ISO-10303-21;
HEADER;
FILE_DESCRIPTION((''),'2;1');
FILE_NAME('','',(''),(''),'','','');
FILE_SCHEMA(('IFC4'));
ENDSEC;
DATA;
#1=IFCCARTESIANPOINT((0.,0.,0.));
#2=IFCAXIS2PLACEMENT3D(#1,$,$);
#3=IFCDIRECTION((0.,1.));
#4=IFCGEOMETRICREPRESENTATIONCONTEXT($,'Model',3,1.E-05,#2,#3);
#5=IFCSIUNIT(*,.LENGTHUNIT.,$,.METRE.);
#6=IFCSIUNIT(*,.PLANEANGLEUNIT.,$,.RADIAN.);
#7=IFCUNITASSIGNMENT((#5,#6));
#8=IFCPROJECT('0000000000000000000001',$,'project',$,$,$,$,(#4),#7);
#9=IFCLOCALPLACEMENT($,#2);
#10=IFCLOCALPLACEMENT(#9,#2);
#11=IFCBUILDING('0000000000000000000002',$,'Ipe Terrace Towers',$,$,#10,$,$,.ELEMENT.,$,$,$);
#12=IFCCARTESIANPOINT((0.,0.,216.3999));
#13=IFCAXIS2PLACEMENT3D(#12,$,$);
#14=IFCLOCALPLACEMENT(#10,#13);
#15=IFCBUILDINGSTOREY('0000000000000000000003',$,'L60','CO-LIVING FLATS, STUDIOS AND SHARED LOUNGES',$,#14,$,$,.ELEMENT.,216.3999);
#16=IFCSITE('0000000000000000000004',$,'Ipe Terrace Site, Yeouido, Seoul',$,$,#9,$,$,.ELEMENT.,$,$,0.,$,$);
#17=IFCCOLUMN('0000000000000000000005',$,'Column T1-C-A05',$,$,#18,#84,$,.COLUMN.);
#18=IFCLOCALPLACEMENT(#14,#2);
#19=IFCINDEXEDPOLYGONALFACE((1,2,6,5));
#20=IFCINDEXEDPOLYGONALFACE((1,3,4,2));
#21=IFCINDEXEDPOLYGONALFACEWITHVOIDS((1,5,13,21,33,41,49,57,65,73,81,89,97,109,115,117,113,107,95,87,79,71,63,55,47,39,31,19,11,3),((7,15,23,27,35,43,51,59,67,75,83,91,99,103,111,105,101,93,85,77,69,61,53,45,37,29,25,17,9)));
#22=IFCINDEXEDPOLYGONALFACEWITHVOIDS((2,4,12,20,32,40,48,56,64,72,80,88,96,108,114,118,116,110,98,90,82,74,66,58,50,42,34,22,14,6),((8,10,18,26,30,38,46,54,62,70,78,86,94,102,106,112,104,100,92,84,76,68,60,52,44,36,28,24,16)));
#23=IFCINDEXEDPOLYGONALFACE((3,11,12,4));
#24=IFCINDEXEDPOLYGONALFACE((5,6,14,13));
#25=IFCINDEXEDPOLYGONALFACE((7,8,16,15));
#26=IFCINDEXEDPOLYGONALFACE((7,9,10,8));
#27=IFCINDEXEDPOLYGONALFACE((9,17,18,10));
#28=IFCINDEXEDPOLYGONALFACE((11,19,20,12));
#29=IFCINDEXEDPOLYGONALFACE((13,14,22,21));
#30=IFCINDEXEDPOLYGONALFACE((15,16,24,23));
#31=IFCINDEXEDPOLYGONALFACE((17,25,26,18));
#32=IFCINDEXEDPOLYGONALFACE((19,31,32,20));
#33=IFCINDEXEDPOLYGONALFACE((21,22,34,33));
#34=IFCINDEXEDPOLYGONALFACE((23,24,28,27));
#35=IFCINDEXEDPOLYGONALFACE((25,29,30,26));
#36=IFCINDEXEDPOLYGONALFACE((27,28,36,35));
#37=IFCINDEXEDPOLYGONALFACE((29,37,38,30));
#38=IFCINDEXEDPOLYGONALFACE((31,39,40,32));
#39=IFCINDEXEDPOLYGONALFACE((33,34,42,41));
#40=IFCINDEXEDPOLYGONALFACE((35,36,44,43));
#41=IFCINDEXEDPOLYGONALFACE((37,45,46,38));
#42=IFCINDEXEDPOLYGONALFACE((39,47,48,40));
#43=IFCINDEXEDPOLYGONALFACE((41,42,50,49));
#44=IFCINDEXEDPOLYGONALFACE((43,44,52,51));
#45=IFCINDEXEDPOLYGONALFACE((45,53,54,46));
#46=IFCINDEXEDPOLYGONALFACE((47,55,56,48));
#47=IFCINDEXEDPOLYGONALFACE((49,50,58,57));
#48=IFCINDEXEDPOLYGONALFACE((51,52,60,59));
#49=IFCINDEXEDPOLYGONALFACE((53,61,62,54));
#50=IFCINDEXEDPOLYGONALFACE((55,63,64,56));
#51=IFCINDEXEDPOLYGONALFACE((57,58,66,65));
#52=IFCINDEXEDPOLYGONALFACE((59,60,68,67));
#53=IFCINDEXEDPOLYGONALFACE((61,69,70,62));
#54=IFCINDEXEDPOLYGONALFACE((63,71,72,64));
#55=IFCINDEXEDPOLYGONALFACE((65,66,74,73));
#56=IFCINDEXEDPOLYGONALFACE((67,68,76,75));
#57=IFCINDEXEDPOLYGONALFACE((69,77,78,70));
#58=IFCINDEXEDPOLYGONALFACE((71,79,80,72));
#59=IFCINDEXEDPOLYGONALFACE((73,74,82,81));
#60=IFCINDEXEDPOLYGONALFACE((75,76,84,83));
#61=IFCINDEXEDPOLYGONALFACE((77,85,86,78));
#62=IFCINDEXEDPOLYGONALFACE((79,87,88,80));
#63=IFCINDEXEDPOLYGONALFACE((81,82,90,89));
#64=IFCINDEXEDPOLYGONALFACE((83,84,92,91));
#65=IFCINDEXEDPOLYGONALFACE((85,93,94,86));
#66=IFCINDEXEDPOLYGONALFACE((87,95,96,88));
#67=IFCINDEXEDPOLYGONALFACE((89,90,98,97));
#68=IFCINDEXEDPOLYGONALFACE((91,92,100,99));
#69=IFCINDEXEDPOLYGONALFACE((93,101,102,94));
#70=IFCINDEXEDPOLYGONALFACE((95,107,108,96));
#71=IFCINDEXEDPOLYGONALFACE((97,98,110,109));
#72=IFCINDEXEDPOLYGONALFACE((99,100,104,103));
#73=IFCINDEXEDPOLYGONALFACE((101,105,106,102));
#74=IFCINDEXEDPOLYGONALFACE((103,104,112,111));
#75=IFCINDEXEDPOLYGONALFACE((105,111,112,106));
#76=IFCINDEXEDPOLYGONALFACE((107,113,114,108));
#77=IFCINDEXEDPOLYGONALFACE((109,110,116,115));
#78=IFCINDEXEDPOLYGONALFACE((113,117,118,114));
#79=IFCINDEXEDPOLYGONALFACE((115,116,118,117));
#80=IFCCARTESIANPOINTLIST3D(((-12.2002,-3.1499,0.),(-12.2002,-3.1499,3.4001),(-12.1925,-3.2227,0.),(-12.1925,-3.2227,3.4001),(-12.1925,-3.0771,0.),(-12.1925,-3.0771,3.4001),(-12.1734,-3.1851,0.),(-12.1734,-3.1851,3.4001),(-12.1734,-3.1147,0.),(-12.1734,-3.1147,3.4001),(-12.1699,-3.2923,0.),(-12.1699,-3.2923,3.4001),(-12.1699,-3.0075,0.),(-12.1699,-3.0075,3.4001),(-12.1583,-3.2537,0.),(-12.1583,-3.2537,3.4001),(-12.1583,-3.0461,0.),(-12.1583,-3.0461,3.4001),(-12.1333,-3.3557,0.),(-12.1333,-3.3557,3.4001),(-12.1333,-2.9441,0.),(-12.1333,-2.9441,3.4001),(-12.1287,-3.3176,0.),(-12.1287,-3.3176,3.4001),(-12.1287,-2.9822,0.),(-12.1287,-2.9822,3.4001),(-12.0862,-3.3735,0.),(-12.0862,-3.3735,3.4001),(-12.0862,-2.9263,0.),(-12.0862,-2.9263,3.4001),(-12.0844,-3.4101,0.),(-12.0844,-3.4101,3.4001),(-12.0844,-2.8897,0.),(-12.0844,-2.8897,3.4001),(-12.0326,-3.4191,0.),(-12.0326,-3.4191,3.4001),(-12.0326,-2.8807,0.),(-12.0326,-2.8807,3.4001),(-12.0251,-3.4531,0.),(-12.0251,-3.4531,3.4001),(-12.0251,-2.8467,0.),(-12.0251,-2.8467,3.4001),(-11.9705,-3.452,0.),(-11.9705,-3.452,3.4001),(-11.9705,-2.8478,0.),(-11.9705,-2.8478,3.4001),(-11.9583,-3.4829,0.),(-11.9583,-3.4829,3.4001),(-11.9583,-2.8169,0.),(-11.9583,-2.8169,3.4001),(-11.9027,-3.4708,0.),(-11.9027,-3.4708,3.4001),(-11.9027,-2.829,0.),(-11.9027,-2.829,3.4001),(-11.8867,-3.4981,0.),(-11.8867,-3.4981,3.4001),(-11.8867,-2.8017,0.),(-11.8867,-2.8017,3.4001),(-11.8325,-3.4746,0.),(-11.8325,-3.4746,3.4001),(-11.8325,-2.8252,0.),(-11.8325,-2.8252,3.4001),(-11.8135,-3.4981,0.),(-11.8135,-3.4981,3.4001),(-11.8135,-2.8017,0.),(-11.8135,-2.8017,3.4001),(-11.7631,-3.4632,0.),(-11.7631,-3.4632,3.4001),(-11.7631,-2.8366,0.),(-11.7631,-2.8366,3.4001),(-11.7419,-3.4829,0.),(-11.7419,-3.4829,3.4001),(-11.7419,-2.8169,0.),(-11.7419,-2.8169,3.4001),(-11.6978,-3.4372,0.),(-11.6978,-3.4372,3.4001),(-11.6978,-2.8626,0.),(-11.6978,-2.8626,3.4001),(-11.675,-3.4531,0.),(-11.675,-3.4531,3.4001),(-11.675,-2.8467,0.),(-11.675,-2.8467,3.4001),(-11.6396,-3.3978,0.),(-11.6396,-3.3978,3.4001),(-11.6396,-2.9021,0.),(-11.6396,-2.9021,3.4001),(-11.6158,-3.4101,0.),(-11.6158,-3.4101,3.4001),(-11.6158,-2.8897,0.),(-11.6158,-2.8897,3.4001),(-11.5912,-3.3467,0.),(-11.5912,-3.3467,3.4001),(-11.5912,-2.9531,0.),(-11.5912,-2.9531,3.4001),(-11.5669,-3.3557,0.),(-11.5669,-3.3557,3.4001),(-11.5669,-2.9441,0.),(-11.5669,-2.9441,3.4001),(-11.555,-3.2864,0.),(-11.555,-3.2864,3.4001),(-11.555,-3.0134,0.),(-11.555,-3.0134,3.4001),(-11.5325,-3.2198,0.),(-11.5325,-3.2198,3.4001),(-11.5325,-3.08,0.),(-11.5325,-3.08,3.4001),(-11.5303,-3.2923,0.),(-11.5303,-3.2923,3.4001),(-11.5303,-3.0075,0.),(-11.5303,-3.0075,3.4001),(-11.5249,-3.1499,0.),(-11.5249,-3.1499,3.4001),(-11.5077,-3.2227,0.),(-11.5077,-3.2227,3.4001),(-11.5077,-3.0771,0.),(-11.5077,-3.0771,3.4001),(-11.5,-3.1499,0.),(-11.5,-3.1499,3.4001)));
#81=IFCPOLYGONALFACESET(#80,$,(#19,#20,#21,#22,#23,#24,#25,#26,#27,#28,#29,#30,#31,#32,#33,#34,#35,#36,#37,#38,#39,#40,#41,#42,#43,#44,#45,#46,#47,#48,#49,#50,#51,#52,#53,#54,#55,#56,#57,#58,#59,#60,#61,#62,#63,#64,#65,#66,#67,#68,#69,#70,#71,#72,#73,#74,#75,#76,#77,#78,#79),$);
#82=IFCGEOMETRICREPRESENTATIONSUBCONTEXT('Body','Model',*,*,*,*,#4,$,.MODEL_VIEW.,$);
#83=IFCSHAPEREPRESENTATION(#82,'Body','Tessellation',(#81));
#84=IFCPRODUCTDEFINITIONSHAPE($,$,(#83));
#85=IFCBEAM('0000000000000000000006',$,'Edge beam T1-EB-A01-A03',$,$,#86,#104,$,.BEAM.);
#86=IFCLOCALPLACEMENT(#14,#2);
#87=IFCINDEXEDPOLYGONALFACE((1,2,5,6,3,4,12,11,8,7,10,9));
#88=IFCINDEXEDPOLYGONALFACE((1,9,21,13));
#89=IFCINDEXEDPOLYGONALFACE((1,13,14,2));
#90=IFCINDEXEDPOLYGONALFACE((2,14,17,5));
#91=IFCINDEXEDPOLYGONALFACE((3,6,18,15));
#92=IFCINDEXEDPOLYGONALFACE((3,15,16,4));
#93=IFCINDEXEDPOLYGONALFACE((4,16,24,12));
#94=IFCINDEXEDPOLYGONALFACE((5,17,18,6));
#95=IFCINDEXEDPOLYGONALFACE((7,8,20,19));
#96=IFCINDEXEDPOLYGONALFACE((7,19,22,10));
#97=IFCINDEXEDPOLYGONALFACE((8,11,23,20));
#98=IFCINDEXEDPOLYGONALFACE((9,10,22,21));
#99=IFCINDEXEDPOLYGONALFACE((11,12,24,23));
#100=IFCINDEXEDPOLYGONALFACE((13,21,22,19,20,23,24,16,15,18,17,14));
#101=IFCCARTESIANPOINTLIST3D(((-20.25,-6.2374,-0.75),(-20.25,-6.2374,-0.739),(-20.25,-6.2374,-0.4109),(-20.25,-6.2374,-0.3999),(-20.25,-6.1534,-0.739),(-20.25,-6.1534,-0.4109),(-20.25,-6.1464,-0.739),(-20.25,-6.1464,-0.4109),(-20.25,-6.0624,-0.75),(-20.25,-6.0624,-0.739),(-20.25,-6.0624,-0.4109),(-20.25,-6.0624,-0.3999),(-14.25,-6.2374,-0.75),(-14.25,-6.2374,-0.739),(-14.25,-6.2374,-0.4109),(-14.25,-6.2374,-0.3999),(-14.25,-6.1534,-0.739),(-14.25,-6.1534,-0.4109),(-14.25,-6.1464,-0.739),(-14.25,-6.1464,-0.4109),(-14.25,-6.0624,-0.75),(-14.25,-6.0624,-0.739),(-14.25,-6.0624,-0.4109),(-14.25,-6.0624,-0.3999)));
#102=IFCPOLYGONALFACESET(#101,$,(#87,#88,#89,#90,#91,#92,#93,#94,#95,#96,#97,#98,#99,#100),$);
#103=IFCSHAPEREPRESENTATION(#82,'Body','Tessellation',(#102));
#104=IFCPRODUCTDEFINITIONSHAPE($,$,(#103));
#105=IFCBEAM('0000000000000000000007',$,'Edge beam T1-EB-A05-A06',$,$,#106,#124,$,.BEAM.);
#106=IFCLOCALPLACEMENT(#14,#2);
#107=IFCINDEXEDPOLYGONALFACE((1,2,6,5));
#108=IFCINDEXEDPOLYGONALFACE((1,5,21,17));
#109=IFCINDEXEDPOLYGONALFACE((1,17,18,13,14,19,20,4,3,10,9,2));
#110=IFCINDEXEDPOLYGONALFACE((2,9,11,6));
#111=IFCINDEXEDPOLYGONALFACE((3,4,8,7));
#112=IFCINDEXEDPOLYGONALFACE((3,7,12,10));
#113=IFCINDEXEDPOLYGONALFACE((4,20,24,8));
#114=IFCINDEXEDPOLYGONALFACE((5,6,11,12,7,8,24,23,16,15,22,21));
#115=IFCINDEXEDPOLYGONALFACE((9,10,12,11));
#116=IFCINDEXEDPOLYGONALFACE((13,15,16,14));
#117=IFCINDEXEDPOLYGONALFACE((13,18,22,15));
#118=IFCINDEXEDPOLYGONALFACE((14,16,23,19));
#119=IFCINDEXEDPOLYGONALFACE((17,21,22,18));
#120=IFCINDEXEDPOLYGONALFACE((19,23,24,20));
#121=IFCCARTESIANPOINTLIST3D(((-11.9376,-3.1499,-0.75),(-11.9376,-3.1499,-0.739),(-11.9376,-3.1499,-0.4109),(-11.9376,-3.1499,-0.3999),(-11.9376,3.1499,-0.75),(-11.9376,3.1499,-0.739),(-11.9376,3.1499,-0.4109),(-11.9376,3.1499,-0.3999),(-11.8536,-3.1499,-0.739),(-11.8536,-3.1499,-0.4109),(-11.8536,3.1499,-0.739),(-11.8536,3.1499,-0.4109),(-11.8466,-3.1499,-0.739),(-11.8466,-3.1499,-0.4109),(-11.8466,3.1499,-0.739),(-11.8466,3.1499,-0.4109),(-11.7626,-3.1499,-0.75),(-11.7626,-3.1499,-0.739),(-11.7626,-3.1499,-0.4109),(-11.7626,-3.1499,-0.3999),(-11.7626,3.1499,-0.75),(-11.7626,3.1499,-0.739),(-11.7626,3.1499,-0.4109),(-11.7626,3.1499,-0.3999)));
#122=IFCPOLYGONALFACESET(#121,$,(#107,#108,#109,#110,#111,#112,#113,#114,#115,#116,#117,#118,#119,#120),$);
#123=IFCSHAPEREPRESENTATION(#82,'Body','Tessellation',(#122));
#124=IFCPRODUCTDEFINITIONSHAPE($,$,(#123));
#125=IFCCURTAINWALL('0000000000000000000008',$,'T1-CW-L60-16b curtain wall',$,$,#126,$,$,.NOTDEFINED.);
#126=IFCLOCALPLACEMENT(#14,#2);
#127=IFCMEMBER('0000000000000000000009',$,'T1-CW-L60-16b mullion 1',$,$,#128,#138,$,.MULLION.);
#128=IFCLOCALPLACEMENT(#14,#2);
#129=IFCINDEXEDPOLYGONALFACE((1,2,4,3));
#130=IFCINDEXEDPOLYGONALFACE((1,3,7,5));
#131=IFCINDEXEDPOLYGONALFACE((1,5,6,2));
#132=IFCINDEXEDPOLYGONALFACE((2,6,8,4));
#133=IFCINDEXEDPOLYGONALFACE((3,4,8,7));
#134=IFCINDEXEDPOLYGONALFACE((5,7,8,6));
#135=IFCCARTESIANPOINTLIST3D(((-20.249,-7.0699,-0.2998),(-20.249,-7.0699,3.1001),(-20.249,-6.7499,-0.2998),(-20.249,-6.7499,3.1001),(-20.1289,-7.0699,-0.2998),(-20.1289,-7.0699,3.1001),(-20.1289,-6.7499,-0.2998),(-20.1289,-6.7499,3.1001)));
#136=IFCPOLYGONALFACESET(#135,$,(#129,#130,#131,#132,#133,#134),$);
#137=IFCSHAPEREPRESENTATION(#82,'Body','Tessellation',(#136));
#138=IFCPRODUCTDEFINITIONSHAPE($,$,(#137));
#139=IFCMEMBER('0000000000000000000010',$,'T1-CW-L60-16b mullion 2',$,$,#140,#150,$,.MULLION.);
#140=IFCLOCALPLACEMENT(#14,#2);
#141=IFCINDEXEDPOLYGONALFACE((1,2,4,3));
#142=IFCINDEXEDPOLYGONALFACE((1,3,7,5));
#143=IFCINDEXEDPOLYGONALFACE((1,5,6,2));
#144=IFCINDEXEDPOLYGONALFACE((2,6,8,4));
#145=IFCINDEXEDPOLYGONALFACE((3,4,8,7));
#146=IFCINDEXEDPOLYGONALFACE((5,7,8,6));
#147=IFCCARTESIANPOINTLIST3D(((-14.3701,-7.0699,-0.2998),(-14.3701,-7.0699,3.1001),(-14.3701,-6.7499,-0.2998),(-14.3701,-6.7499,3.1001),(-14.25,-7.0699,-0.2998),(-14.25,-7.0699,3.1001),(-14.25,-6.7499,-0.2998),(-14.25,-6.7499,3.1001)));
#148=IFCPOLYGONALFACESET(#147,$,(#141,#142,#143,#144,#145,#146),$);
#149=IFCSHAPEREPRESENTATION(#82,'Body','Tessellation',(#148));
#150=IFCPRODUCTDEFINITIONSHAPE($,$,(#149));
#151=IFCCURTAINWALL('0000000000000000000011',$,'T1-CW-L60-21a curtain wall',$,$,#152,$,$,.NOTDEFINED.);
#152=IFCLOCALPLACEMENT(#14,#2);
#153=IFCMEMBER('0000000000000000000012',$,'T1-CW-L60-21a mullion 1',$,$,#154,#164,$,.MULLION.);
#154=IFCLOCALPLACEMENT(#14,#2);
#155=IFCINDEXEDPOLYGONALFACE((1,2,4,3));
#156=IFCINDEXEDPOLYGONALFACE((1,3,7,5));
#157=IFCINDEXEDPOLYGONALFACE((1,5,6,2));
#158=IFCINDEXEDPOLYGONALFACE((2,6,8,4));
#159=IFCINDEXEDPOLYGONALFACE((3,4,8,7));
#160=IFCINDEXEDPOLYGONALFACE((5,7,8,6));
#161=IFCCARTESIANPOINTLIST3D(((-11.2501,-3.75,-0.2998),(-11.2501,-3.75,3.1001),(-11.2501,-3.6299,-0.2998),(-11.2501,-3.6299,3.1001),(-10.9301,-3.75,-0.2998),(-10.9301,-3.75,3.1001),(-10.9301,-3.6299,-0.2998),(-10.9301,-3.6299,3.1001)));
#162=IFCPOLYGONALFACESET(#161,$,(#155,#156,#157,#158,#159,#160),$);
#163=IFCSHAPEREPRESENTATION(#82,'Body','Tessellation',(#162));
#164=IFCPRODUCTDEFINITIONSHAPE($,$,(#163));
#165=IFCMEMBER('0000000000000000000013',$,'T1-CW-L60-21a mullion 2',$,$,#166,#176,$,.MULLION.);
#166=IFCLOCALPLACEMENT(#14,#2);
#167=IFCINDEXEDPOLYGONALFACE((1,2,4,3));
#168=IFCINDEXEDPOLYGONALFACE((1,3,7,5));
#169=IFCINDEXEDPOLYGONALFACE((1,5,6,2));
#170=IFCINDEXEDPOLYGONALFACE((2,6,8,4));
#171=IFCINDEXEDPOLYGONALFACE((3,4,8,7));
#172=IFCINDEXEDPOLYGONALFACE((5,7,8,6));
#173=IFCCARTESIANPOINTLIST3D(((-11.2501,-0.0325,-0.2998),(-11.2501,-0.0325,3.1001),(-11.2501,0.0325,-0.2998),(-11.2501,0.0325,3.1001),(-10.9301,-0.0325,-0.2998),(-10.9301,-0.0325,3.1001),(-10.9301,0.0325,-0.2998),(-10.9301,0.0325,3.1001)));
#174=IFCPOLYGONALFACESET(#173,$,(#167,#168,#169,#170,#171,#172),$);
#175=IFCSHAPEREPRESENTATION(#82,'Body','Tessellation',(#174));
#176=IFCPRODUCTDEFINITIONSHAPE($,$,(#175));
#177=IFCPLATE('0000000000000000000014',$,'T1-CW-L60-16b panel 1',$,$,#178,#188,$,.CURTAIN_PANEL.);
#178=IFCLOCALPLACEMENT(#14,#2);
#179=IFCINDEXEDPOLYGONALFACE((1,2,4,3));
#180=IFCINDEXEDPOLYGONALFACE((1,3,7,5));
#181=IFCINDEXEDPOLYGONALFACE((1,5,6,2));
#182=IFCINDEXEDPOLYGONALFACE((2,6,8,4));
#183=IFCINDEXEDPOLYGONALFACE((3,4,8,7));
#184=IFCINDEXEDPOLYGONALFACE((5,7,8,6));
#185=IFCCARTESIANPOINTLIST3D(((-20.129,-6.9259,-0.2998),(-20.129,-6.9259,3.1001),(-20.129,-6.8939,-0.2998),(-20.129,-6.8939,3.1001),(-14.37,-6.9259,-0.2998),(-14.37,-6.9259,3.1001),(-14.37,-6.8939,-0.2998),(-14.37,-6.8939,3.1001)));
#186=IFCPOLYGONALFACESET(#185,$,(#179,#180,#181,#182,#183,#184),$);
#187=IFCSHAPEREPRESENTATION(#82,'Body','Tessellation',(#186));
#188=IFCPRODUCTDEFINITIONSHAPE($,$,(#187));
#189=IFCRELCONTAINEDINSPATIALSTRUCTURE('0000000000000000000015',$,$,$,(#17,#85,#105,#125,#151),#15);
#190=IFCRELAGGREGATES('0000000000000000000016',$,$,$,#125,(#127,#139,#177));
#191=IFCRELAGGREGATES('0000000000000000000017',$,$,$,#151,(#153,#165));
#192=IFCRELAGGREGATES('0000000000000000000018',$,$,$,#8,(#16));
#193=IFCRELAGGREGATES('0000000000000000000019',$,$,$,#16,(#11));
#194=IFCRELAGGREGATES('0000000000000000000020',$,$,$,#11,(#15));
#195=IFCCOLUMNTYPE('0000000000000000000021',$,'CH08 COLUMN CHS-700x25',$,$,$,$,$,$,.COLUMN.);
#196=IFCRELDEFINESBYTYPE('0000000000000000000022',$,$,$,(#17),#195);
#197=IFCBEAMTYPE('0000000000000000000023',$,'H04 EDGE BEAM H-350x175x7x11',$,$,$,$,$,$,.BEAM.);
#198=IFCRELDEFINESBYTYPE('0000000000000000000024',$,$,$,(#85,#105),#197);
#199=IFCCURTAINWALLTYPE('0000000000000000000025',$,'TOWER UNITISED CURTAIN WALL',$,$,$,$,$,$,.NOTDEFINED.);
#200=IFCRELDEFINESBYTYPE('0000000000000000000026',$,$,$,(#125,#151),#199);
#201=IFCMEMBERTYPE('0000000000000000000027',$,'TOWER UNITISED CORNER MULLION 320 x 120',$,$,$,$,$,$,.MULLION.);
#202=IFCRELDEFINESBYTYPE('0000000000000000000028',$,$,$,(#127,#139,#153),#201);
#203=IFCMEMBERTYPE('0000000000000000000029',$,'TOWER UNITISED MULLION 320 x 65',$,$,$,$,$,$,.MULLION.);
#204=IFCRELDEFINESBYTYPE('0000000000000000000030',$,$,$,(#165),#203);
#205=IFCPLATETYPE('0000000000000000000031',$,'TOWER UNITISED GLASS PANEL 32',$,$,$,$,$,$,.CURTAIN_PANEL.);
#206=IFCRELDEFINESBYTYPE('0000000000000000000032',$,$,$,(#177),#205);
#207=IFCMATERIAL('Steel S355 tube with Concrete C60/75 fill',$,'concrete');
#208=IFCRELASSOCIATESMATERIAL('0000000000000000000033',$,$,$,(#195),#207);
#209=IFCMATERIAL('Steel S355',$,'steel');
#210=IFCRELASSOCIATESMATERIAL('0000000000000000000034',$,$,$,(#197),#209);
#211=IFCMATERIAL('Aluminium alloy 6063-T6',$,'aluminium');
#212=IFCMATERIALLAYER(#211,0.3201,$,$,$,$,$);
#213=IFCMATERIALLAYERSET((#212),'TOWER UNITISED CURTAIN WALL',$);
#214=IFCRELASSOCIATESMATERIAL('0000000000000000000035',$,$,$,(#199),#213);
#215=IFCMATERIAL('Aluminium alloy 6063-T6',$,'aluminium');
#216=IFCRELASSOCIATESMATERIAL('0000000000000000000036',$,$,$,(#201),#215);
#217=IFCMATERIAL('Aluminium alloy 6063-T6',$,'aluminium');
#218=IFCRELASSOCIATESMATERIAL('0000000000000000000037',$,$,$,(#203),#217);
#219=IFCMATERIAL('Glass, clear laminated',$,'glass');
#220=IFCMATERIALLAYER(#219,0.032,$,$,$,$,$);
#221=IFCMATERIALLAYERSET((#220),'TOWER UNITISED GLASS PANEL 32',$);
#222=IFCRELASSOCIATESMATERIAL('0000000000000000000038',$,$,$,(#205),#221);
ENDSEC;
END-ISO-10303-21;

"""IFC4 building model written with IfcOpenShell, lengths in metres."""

from ifc_helpers import new_model, si_unit, direction, frame, origin, origin_2d, place, context, subcontext, project, spatial, rectangle, hollow_circle, i_section, extrude, material, layer, layer_set, material_profile, profile_set, type_object, element, aggregate, save


model = new_model("IFC4")

# Units and contexts
model_context = context("Model", 3, precision=1e-05, world=origin(), true_north=direction((0.0, 1.0)))
body_context = subcontext(model_context, "Body", "Model", "MODEL_VIEW")
ifc_project = project(units=[si_unit("LENGTHUNIT", "METRE"), si_unit("PLANEANGLEUNIT", "RADIAN")], contexts=[model_context])

# Site, building, storey
site_placement = place(None, origin())
site = spatial("IfcSite", under=ifc_project, at=site_placement, Name="Ipe Terrace Site, Yeouido, Seoul", CompositionType="ELEMENT", RefElevation=0.0)
building_placement = place(site_placement, origin())
building = spatial("IfcBuilding", under=site, at=building_placement, Name="Ipe Terrace Towers", CompositionType="ELEMENT")
storey_placement = place(building_placement, frame((0.0, 0.0, 216.3999)))
storey = spatial("IfcBuildingStorey", under=building, at=storey_placement, Name="L60", Description="CO-LIVING FLATS, STUDIOS AND SHARED LOUNGES", CompositionType="ELEMENT", Elevation=216.3999)

# Column
ifc_material_1 = material(Name="Steel S355 tube with Concrete C60/75 fill", Category="concrete")
ifc_material_profile_1 = material_profile(ifc_material_1, hollow_circle(Radius=0.3501, WallThickness=0.0249, at=origin_2d()), Name="CHS-700x25")
ifc_profile_set_1 = profile_set([ifc_material_profile_1], Name="Steel S355 tube with Concrete C60/75 fill")
column_type = type_object("IfcColumnType", Name="CH08 COLUMN CHS-700x25", PredefinedType="COLUMN", material=ifc_profile_set_1)
for number, where, z_axis, x_axis, name in (
    (1, (-11.8501, -3.1499, 0.0), (0.0, 0.0, 1.0), (1.0, 0.0, 0.0), "Column T1-C-A05"),
):
    element("IfcColumn", number, at=place(storey_placement, frame(where, z_axis=z_axis, x_axis=x_axis)), inside=storey, type_object=column_type, Name=name, PredefinedType="COLUMN", context=body_context, shape_type="SweptSolid", body=[
        extrude(hollow_circle(Radius=0.3501, WallThickness=0.0249, at=origin_2d()), origin(), (0.0, 0.0, 1.0), 3.4001),
    ])

# Beams
ifc_material_2 = material(Name="Steel S355", Category="steel")
ifc_material_profile_2 = material_profile(ifc_material_2, i_section(OverallWidth=0.175, OverallDepth=0.3501, WebThickness=0.0071, FlangeThickness=0.011, at=origin_2d()), Name="H-350x175x7x11")
ifc_profile_set_2 = profile_set([ifc_material_profile_2], Name="Steel S355")
beam_type = type_object("IfcBeamType", Name="H04 EDGE BEAM H-350x175x7x11", PredefinedType="BEAM", material=ifc_profile_set_2)
beam_1_placement = place(storey_placement, frame((-20.25, -6.1499, -0.575), z_axis=(1.0, 0.0, 0.0), x_axis=(0.0, 1.0, 0.0)))
element("IfcBeam", 2, at=beam_1_placement, inside=storey, type_object=beam_type, Name="Edge beam T1-EB-A01-A03", PredefinedType="BEAM", context=body_context, shape_type="SweptSolid", body=[
    extrude(i_section(OverallWidth=0.175, OverallDepth=0.3501, WebThickness=0.0071, FlangeThickness=0.011, at=origin_2d()), origin(), (0.0, 0.0, 1.0), 6.0),
])
beam_2_placement = place(storey_placement, frame((-11.8501, -3.1499, -0.575), z_axis=(0.0, 1.0, 0.0), x_axis=(-1.0, 0.0, 0.0)))
element("IfcBeam", 3, at=beam_2_placement, inside=storey, type_object=beam_type, Name="Edge beam T1-EB-A05-A06", PredefinedType="BEAM", context=body_context, shape_type="SweptSolid", body=[
    extrude(i_section(OverallWidth=0.175, OverallDepth=0.3501, WebThickness=0.0071, FlangeThickness=0.011, at=origin_2d()), origin(), (0.0, 0.0, 1.0), 6.2998),
])

# Curtain walls, members
ifc_material_3 = material(Name="Aluminium alloy 6063-T6", Category="aluminium")
ifc_layer_1 = layer(ifc_material_3, 0.3201)
ifc_layer_set_1 = layer_set([ifc_layer_1], Name="TOWER UNITISED CURTAIN WALL")
curtain_wall_type = type_object("IfcCurtainWallType", Name="TOWER UNITISED CURTAIN WALL", PredefinedType="NOTDEFINED", material=ifc_layer_set_1)
curtain_wall_1_placement = place(storey_placement, origin())
curtain_wall_1 = element("IfcCurtainWall", 4, at=curtain_wall_1_placement, inside=storey, type_object=curtain_wall_type, Name="T1-CW-L60-16b curtain wall", PredefinedType="NOTDEFINED")
ifc_material_4 = material(Name="Aluminium alloy 6063-T6", Category="aluminium")
ifc_material_profile_3 = material_profile(ifc_material_4, rectangle(XDim=0.3201, YDim=0.1201, at=origin_2d()), Name="TOWER UNITISED CORNER MULLION 320 x 120")
ifc_profile_set_3 = profile_set([ifc_material_profile_3], Name="Aluminium alloy 6063-T6")
member_type_1 = type_object("IfcMemberType", Name="TOWER UNITISED CORNER MULLION 320 x 120", PredefinedType="MULLION", material=ifc_profile_set_3)
member_1_placement = place(storey_placement, frame((-20.189, -6.9099, -0.2998), z_axis=(0.0, 0.0, 1.0), x_axis=(0.0, -1.0, 0.0)))
member_1 = element("IfcMember", 5, at=member_1_placement, type_object=member_type_1, Name="T1-CW-L60-16b mullion 1", PredefinedType="MULLION", context=body_context, shape_type="SweptSolid", body=[
    extrude(rectangle(XDim=0.3201, YDim=0.1201, at=origin_2d()), origin(), (0.0, 0.0, 1.0), 3.3999),
])
member_2_placement = place(storey_placement, frame((-14.3101, -6.9099, -0.2998), z_axis=(0.0, 0.0, 1.0), x_axis=(0.0, -1.0, 0.0)))
member_2 = element("IfcMember", 6, at=member_2_placement, type_object=member_type_1, Name="T1-CW-L60-16b mullion 2", PredefinedType="MULLION", context=body_context, shape_type="SweptSolid", body=[
    extrude(rectangle(XDim=0.3201, YDim=0.1201, at=origin_2d()), origin(), (0.0, 0.0, 1.0), 3.3999),
])
curtain_wall_2_placement = place(storey_placement, origin())
curtain_wall_2 = element("IfcCurtainWall", 7, at=curtain_wall_2_placement, inside=storey, type_object=curtain_wall_type, Name="T1-CW-L60-21a curtain wall", PredefinedType="NOTDEFINED")
member_3_placement = place(storey_placement, frame((-11.0901, -3.6899, -0.2998), z_axis=(0.0, 0.0, 1.0), x_axis=(1.0, 0.0, 0.0)))
member_3 = element("IfcMember", 8, at=member_3_placement, type_object=member_type_1, Name="T1-CW-L60-21a mullion 1", PredefinedType="MULLION", context=body_context, shape_type="SweptSolid", body=[
    extrude(rectangle(XDim=0.3201, YDim=0.1201, at=origin_2d()), origin(), (0.0, 0.0, 1.0), 3.3999),
])
ifc_material_5 = material(Name="Aluminium alloy 6063-T6", Category="aluminium")
ifc_material_profile_4 = material_profile(ifc_material_5, rectangle(XDim=0.3201, YDim=0.0649, at=origin_2d()), Name="TOWER UNITISED MULLION 320 x 65")
ifc_profile_set_4 = profile_set([ifc_material_profile_4], Name="Aluminium alloy 6063-T6")
member_type_2 = type_object("IfcMemberType", Name="TOWER UNITISED MULLION 320 x 65", PredefinedType="MULLION", material=ifc_profile_set_4)
member_4_placement = place(storey_placement, frame((-11.0901, 0.0, -0.2998), z_axis=(0.0, 0.0, 1.0), x_axis=(1.0, 0.0, 0.0)))
member_4 = element("IfcMember", 9, at=member_4_placement, type_object=member_type_2, Name="T1-CW-L60-21a mullion 2", PredefinedType="MULLION", context=body_context, shape_type="SweptSolid", body=[
    extrude(rectangle(XDim=0.3201, YDim=0.0649, at=origin_2d()), origin(), (0.0, 0.0, 1.0), 3.3999),
])

# Plate
ifc_material_6 = material(Name="Glass, clear laminated", Category="glass")
ifc_layer_2 = layer(ifc_material_6, 0.032)
ifc_layer_set_2 = layer_set([ifc_layer_2], Name="TOWER UNITISED GLASS PANEL 32")
plate_type = type_object("IfcPlateType", Name="TOWER UNITISED GLASS PANEL 32", PredefinedType="CURTAIN_PANEL", material=ifc_layer_set_2)
plate_1_placement = place(storey_placement, frame((-17.2495, -6.9099, -0.2998), z_axis=(0.0, 0.0, 1.0), x_axis=(1.0, 0.0, 0.0)))
plate_1 = element("IfcPlate", 10, at=plate_1_placement, type_object=plate_type, Name="T1-CW-L60-16b panel 1", PredefinedType="CURTAIN_PANEL", context=body_context, shape_type="SweptSolid", body=[
    extrude(rectangle(XDim=5.759, YDim=0.032, at=origin_2d()), origin(), (0.0, 0.0, 1.0), 3.3999),
])
aggregate(curtain_wall_1, [member_1, member_2, plate_1])
aggregate(curtain_wall_2, [member_3, member_4])

save(model, "model.ifc")
